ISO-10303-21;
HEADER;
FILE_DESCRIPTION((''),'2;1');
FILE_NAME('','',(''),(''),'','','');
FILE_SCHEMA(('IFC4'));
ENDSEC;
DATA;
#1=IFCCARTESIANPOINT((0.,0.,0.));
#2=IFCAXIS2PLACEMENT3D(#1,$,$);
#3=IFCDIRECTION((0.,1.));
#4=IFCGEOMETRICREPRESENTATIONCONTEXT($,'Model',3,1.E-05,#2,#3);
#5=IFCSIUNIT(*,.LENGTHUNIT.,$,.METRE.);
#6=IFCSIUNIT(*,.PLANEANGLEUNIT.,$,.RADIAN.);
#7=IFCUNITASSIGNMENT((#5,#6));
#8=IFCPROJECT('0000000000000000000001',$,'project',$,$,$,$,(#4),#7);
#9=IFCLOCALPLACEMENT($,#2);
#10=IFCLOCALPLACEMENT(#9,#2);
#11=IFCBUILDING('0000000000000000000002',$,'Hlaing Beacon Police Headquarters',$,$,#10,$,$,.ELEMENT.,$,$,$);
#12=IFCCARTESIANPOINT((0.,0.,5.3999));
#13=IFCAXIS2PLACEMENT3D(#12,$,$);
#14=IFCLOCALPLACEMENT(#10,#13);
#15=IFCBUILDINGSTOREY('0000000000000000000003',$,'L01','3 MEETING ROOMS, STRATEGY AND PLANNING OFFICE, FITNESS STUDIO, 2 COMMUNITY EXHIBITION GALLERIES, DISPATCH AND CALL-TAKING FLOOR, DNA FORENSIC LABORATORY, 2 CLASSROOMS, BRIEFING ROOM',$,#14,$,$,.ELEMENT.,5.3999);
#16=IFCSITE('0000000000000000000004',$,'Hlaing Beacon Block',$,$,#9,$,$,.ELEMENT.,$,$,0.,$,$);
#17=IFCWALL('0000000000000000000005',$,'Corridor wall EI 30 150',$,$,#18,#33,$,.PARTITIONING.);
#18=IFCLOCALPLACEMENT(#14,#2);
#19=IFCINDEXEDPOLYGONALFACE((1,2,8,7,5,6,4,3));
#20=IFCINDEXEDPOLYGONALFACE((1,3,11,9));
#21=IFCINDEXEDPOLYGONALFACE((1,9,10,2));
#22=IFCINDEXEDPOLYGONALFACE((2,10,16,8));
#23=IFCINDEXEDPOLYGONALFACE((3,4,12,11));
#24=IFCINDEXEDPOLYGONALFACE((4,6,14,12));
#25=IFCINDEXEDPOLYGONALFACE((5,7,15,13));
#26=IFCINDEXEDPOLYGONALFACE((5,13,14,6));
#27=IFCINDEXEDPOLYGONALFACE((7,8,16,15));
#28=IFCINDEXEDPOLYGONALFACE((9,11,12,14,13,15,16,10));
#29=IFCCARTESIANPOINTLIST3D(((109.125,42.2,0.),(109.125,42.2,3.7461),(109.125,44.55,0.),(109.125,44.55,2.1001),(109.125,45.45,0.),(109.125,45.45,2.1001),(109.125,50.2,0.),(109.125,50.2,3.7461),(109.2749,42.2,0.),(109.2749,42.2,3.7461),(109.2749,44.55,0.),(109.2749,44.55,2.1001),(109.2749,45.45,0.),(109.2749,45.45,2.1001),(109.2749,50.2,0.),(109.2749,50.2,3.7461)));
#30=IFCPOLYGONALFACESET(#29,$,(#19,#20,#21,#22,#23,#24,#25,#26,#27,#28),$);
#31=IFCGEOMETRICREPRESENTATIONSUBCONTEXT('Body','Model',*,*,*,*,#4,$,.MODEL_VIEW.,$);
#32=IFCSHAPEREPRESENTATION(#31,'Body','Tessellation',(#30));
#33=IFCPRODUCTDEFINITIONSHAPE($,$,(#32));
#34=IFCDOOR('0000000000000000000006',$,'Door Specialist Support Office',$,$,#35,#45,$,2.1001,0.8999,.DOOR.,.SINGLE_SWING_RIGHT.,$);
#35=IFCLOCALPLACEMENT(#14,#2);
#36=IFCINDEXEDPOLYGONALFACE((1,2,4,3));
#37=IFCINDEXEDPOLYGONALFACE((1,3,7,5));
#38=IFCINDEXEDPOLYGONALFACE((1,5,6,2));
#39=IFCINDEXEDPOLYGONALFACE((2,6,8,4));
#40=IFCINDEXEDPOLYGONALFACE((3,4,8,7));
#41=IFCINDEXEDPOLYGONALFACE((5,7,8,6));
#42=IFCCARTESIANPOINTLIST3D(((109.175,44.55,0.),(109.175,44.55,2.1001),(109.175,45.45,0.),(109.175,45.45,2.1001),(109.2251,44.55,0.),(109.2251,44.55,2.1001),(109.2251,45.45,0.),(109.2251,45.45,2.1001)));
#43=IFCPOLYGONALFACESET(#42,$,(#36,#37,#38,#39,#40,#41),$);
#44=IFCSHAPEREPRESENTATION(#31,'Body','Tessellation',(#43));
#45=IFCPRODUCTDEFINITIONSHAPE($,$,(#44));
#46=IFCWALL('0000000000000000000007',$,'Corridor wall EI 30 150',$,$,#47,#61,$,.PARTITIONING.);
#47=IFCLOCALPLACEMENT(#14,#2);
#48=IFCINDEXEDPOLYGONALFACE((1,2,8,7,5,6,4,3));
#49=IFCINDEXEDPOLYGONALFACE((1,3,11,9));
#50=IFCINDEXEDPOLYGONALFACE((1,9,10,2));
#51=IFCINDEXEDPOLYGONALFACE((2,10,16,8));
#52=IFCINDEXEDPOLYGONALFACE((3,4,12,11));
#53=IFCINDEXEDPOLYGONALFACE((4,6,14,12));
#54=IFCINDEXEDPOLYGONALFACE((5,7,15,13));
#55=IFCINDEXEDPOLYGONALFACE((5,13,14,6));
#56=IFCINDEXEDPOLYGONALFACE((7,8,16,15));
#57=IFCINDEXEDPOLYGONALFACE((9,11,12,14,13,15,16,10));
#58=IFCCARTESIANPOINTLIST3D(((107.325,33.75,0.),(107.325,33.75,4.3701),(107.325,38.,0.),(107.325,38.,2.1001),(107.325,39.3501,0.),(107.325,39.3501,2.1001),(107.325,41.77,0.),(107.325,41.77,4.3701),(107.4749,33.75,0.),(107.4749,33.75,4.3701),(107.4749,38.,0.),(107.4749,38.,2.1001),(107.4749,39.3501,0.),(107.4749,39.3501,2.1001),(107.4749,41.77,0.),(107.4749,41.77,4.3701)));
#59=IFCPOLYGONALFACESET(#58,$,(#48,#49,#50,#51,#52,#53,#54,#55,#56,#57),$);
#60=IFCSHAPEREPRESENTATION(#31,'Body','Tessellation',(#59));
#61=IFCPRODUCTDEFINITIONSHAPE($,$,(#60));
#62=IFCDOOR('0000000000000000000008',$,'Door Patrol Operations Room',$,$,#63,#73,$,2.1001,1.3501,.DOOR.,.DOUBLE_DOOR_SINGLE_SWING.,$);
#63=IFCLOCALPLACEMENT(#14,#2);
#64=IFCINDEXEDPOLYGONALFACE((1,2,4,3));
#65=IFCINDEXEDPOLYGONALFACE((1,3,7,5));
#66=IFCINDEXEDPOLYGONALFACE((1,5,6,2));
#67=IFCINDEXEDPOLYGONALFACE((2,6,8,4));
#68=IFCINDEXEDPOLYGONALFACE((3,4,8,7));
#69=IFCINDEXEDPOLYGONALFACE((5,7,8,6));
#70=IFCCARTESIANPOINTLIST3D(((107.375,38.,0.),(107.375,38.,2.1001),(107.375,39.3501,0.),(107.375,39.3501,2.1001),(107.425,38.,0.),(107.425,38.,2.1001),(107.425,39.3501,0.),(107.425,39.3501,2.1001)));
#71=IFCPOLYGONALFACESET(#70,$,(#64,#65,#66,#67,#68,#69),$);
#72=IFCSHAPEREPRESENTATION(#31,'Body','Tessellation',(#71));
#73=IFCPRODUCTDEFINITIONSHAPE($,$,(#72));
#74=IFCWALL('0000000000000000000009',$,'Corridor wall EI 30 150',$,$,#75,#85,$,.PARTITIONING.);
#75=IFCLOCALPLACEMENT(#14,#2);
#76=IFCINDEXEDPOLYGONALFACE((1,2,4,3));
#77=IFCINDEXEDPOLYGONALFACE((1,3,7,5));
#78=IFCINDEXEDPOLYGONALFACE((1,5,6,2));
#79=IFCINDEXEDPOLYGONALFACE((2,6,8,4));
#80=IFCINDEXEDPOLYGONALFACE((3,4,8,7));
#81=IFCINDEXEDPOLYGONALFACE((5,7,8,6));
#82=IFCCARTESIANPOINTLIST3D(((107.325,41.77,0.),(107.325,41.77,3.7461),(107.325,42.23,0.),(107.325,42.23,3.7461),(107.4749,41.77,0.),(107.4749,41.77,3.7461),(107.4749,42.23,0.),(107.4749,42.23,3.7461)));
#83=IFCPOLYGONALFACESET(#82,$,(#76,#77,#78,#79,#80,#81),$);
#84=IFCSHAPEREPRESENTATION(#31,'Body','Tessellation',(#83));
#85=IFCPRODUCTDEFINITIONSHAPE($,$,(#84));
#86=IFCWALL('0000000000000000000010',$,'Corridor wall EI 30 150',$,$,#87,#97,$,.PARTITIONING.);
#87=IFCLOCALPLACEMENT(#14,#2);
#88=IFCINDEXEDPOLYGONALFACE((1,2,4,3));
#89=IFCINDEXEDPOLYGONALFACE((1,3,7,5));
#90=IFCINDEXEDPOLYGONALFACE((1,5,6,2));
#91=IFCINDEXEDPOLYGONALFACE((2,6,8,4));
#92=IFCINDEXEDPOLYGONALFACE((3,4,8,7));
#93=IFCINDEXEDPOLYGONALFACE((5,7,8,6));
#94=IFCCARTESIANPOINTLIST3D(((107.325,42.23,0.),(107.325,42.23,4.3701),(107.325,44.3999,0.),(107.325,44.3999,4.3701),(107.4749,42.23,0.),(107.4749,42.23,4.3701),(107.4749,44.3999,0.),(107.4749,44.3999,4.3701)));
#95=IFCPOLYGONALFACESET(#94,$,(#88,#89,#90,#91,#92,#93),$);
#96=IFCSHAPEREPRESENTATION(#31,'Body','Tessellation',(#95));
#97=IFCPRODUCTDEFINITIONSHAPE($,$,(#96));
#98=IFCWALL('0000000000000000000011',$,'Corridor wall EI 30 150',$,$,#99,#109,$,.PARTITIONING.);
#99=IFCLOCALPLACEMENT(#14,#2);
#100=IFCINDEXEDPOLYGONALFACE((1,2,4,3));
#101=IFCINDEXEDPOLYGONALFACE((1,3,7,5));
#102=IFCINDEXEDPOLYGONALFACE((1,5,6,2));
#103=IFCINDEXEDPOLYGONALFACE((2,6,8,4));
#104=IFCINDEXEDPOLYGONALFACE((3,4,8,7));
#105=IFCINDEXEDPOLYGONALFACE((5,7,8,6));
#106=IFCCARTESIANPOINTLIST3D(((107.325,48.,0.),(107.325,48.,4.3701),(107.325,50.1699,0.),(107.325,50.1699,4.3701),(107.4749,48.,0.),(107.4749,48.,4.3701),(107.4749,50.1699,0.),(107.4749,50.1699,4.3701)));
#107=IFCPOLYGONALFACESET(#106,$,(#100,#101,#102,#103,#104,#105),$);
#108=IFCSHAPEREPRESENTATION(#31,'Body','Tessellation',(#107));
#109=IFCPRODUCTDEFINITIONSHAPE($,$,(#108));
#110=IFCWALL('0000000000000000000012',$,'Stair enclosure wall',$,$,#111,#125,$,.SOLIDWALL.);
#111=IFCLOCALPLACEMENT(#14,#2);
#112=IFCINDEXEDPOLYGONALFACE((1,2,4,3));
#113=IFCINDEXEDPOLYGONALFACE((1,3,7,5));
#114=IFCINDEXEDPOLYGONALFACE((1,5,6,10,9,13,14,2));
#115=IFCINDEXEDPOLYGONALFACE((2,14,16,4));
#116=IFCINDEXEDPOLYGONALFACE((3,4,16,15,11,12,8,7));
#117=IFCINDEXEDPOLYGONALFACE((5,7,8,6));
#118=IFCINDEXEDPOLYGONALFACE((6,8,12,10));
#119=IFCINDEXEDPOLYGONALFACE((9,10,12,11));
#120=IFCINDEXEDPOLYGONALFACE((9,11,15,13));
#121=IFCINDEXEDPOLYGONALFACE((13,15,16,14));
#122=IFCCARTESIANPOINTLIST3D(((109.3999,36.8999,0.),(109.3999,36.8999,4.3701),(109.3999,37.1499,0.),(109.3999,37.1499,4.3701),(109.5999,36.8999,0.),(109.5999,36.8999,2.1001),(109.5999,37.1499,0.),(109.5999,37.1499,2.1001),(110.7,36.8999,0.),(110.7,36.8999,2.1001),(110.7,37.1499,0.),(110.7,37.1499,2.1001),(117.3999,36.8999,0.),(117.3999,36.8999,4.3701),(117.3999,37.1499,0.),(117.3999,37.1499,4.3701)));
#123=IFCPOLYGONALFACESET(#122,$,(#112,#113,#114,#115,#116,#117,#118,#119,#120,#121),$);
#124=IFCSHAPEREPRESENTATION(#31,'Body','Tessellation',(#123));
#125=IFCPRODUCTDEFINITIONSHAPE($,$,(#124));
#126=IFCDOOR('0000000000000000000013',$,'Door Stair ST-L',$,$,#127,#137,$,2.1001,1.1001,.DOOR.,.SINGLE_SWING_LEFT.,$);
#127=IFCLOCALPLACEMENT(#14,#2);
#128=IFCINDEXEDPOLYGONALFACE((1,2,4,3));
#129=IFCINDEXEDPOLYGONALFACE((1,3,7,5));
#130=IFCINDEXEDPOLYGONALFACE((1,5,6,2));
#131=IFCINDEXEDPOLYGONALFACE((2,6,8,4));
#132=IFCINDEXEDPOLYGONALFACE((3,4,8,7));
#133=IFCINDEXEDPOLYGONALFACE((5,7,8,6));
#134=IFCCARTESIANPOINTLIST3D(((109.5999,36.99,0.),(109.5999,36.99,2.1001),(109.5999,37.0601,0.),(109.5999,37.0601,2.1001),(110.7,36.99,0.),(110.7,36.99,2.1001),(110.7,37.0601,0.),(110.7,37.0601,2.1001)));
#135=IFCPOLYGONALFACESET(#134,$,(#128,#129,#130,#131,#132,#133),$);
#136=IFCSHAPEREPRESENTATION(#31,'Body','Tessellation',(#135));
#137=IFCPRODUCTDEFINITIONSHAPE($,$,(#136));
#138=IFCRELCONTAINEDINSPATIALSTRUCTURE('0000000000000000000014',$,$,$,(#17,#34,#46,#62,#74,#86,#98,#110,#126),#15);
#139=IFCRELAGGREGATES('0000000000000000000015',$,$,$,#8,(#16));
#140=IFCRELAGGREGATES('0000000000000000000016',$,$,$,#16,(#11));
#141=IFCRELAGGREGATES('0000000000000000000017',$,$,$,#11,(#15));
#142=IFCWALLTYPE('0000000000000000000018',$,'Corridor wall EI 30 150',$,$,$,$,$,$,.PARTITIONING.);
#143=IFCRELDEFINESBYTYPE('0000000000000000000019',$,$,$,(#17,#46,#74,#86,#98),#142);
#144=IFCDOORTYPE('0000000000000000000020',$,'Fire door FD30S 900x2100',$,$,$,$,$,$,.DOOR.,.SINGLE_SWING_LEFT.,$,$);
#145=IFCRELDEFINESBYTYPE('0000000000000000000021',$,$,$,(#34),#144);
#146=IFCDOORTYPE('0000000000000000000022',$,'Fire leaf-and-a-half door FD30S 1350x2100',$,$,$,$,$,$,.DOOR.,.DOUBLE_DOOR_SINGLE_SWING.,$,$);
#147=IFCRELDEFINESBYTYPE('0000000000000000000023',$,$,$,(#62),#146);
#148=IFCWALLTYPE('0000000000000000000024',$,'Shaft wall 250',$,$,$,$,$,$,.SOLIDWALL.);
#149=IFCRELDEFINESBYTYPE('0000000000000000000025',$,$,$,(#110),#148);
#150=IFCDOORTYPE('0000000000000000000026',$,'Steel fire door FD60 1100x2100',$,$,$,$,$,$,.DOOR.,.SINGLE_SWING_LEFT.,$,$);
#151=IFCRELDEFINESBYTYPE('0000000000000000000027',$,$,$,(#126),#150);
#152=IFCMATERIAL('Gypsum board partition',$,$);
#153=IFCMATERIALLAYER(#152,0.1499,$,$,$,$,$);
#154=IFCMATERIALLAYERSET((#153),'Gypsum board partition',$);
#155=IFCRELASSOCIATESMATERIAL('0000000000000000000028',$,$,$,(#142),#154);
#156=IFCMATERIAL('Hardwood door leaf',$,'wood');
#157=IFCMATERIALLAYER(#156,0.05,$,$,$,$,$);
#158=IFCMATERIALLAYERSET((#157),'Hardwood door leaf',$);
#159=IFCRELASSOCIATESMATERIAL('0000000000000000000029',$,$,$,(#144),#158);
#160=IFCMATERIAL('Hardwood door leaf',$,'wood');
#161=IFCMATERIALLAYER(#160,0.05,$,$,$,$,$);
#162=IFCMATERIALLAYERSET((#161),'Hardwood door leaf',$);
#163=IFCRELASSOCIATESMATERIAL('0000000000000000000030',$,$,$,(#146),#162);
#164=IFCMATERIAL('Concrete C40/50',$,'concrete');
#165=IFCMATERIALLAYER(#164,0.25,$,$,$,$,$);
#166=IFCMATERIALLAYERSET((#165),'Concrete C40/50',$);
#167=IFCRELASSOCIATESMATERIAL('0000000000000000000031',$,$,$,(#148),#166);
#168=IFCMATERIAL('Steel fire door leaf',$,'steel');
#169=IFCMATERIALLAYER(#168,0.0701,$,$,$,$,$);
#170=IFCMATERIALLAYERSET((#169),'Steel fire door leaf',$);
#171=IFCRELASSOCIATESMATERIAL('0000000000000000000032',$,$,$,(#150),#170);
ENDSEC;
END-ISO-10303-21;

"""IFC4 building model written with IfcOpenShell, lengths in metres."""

from ifc_helpers import new_model, si_unit, direction, frame, frame_2d, origin, place, context, subcontext, project, spatial, rectangle, extrude, material, layer, layer_set, type_object, element, fill, save


model = new_model("IFC4")

# Units and contexts
model_context = context("Model", 3, precision=1e-05, world=origin(), true_north=direction((0.0, 1.0)))
body_context = subcontext(model_context, "Body", "Model", "MODEL_VIEW")
ifc_project = project(units=[si_unit("LENGTHUNIT", "METRE"), si_unit("PLANEANGLEUNIT", "RADIAN")], contexts=[model_context])

# Site, building, storey
site_placement = place(None, origin())
site = spatial("IfcSite", under=ifc_project, at=site_placement, Name="Hlaing Beacon Block", CompositionType="ELEMENT", RefElevation=0.0)
building_placement = place(site_placement, origin())
building = spatial("IfcBuilding", under=site, at=building_placement, Name="Hlaing Beacon Police Headquarters", CompositionType="ELEMENT")
storey_placement = place(building_placement, frame((0.0, 0.0, 5.3999)))
storey = spatial("IfcBuildingStorey", under=building, at=storey_placement, Name="L01", Description="3 MEETING ROOMS, STRATEGY AND PLANNING OFFICE, FITNESS STUDIO, 2 COMMUNITY EXHIBITION GALLERIES, DISPATCH AND CALL-TAKING FLOOR, DNA FORENSIC LABORATORY, 2 CLASSROOMS, BRIEFING ROOM", CompositionType="ELEMENT", Elevation=5.3999)

# Shared definitions
ifc_material_1 = material(Name="Gypsum board partition")
ifc_layer_1 = layer(ifc_material_1, 0.1499)
ifc_layer_set_1 = layer_set([ifc_layer_1], Name="Gypsum board partition")
wall_type_1 = type_object("IfcWallType", Name="Corridor wall EI 30 150", PredefinedType="PARTITIONING", material=ifc_layer_set_1)

# Walls, openings, doors
wall_1_placement = place(storey_placement, frame((109.2, 42.2, 0.0), z_axis=(0.0, 0.0, 1.0), x_axis=(0.0, 1.0, 0.0)))
wall_1 = element("IfcWall", 1, at=wall_1_placement, inside=storey, type_object=wall_type_1, Name="Corridor wall EI 30 150", PredefinedType="PARTITIONING", context=body_context, shape_type="SweptSolid", body=[
    extrude(rectangle(XDim=8.0, YDim=0.1499, at=frame_2d((4.0, 0.0))), origin(), (0.0, 0.0, 1.0), 3.7461),
])
opening_1_placement = place(wall_1_placement, frame((2.3501, 0.0, 0.0)))
opening_1 = element("IfcOpeningElement", 2, at=opening_1_placement, cuts=wall_1, PredefinedType="OPENING", context=body_context, shape_type="SweptSolid", body=[
    extrude(rectangle(XDim=0.8999, YDim=2.1001, at=frame_2d((0.45, 1.05))), frame((0.0, 0.085, 0.0), z_axis=(0.0, -1.0, 0.0), x_axis=(1.0, 0.0, 0.0)), (0.0, 0.0, 1.0), 0.1699),
])
ifc_material_2 = material(Name="Hardwood door leaf", Category="wood")
ifc_layer_2 = layer(ifc_material_2, 0.05)
ifc_layer_set_2 = layer_set([ifc_layer_2], Name="Hardwood door leaf")
door_type_1 = type_object("IfcDoorType", Name="Fire door FD30S 900x2100", OperationType="SINGLE_SWING_LEFT", PredefinedType="DOOR", material=ifc_layer_set_2)
door_1_placement = place(opening_1_placement, frame((0.8999, 0.0, 0.0), z_axis=(0.0, 0.0, 1.0), x_axis=(-1.0, 0.0, 0.0)))
door_1 = element("IfcDoor", 3, at=door_1_placement, inside=storey, type_object=door_type_1, Name="Door Specialist Support Office", OperationType="SINGLE_SWING_RIGHT", OverallHeight=2.1001, OverallWidth=0.8999, PredefinedType="DOOR", context=body_context, shape_type="SweptSolid", body=[
    extrude(rectangle(XDim=0.8999, YDim=2.1001, at=frame_2d((0.45, 1.05))), frame((0.0, 0.0251, 0.0), z_axis=(0.0, -1.0, 0.0), x_axis=(1.0, 0.0, 0.0)), (0.0, 0.0, 1.0), 0.05),
])
fill(opening_1, door_1)
wall_2_placement = place(storey_placement, frame((107.3999, 33.75, 0.0), z_axis=(0.0, 0.0, 1.0), x_axis=(0.0, 1.0, 0.0)))
wall_2 = element("IfcWall", 4, at=wall_2_placement, inside=storey, type_object=wall_type_1, Name="Corridor wall EI 30 150", PredefinedType="PARTITIONING", context=body_context, shape_type="SweptSolid", body=[
    extrude(rectangle(XDim=8.02, YDim=0.1499, at=frame_2d((4.01, 0.0))), origin(), (0.0, 0.0, 1.0), 4.3701),
])
opening_2_placement = place(wall_2_placement, frame((4.25, 0.0, 0.0)))
opening_2 = element("IfcOpeningElement", 5, at=opening_2_placement, cuts=wall_2, PredefinedType="OPENING", context=body_context, shape_type="SweptSolid", body=[
    extrude(rectangle(XDim=1.3501, YDim=2.1001, at=frame_2d((0.675, 1.05))), frame((0.0, 0.085, 0.0), z_axis=(0.0, -1.0, 0.0), x_axis=(1.0, 0.0, 0.0)), (0.0, 0.0, 1.0), 0.1699),
])
ifc_material_3 = material(Name="Hardwood door leaf", Category="wood")
ifc_layer_3 = layer(ifc_material_3, 0.05)
ifc_layer_set_3 = layer_set([ifc_layer_3], Name="Hardwood door leaf")
door_type_2 = type_object("IfcDoorType", Name="Fire leaf-and-a-half door FD30S 1350x2100", OperationType="DOUBLE_DOOR_SINGLE_SWING", PredefinedType="DOOR", material=ifc_layer_set_3)
door_2_placement = place(opening_2_placement, origin())
door_2 = element("IfcDoor", 6, at=door_2_placement, inside=storey, type_object=door_type_2, Name="Door Patrol Operations Room", OperationType="DOUBLE_DOOR_SINGLE_SWING", OverallHeight=2.1001, OverallWidth=1.3501, PredefinedType="DOOR", context=body_context, shape_type="SweptSolid", body=[
    extrude(rectangle(XDim=1.3501, YDim=2.1001, at=frame_2d((0.675, 1.05))), frame((0.0, 0.0249, 0.0), z_axis=(0.0, -1.0, 0.0), x_axis=(1.0, 0.0, 0.0)), (0.0, 0.0, 1.0), 0.05),
])
fill(opening_2, door_2)

# Walls
wall_3_placement = place(storey_placement, frame((107.3999, 41.77, 0.0), z_axis=(0.0, 0.0, 1.0), x_axis=(0.0, 1.0, 0.0)))
element("IfcWall", 7, at=wall_3_placement, inside=storey, type_object=wall_type_1, Name="Corridor wall EI 30 150", PredefinedType="PARTITIONING", context=body_context, shape_type="SweptSolid", body=[
    extrude(rectangle(XDim=0.46, YDim=0.1499, at=frame_2d((0.23, 0.0))), origin(), (0.0, 0.0, 1.0), 3.7461),
])
for number, where, z_axis, x_axis, name in (
    (8, (107.3999, 42.23, 0.0), (0.0, 0.0, 1.0), (0.0, 1.0, 0.0), "Corridor wall EI 30 150"),
    (9, (107.3999, 48.0, 0.0), (0.0, 0.0, 1.0), (0.0, 1.0, 0.0), "Corridor wall EI 30 150"),
):
    element("IfcWall", number, at=place(storey_placement, frame(where, z_axis=z_axis, x_axis=x_axis)), inside=storey, type_object=wall_type_1, Name=name, PredefinedType="PARTITIONING", context=body_context, shape_type="SweptSolid", body=[
        extrude(rectangle(XDim=2.1699, YDim=0.1499, at=frame_2d((1.085, 0.0))), origin(), (0.0, 0.0, 1.0), 4.3701),
    ])

# Wall, opening, door
ifc_material_4 = material(Name="Concrete C40/50", Category="concrete")
ifc_layer_4 = layer(ifc_material_4, 0.25)
ifc_layer_set_4 = layer_set([ifc_layer_4], Name="Concrete C40/50")
wall_type_2 = type_object("IfcWallType", Name="Shaft wall 250", PredefinedType="SOLIDWALL", material=ifc_layer_set_4)
wall_4_placement = place(storey_placement, frame((109.3999, 37.0249, 0.0), z_axis=(0.0, 0.0, 1.0), x_axis=(1.0, 0.0, 0.0)))
wall_4 = element("IfcWall", 10, at=wall_4_placement, inside=storey, type_object=wall_type_2, Name="Stair enclosure wall", PredefinedType="SOLIDWALL", context=body_context, shape_type="SweptSolid", body=[
    extrude(rectangle(XDim=8.0, YDim=0.25, at=frame_2d((4.0, 0.0))), origin(), (0.0, 0.0, 1.0), 4.3701),
])
opening_3_placement = place(wall_4_placement, frame((0.2, 0.0, 0.0)))
opening_3 = element("IfcOpeningElement", 11, at=opening_3_placement, cuts=wall_4, PredefinedType="OPENING", context=body_context, shape_type="SweptSolid", body=[
    extrude(rectangle(XDim=1.1001, YDim=2.1001, at=frame_2d((0.55, 1.05))), frame((0.0, 0.135, 0.0), z_axis=(0.0, -1.0, 0.0), x_axis=(1.0, 0.0, 0.0)), (0.0, 0.0, 1.0), 0.27),
])
ifc_material_5 = material(Name="Steel fire door leaf", Category="steel")
ifc_layer_5 = layer(ifc_material_5, 0.0701)
ifc_layer_set_5 = layer_set([ifc_layer_5], Name="Steel fire door leaf")
door_type_3 = type_object("IfcDoorType", Name="Steel fire door FD60 1100x2100", OperationType="SINGLE_SWING_LEFT", PredefinedType="DOOR", material=ifc_layer_set_5)
door_3_placement = place(opening_3_placement, frame((1.1001, 0.0, 0.0), z_axis=(0.0, 0.0, 1.0), x_axis=(-1.0, 0.0, 0.0)))
door_3 = element("IfcDoor", 12, at=door_3_placement, inside=storey, type_object=door_type_3, Name="Door Stair ST-L", OperationType="SINGLE_SWING_LEFT", OverallHeight=2.1001, OverallWidth=1.1001, PredefinedType="DOOR", context=body_context, shape_type="SweptSolid", body=[
    extrude(rectangle(XDim=1.1001, YDim=2.1001, at=frame_2d((0.55, 1.05))), frame((0.0, 0.0349, 0.0), z_axis=(0.0, -1.0, 0.0), x_axis=(1.0, 0.0, 0.0)), (0.0, 0.0, 1.0), 0.0701),
])
fill(opening_3, door_3)

save(model, "model.ifc")
